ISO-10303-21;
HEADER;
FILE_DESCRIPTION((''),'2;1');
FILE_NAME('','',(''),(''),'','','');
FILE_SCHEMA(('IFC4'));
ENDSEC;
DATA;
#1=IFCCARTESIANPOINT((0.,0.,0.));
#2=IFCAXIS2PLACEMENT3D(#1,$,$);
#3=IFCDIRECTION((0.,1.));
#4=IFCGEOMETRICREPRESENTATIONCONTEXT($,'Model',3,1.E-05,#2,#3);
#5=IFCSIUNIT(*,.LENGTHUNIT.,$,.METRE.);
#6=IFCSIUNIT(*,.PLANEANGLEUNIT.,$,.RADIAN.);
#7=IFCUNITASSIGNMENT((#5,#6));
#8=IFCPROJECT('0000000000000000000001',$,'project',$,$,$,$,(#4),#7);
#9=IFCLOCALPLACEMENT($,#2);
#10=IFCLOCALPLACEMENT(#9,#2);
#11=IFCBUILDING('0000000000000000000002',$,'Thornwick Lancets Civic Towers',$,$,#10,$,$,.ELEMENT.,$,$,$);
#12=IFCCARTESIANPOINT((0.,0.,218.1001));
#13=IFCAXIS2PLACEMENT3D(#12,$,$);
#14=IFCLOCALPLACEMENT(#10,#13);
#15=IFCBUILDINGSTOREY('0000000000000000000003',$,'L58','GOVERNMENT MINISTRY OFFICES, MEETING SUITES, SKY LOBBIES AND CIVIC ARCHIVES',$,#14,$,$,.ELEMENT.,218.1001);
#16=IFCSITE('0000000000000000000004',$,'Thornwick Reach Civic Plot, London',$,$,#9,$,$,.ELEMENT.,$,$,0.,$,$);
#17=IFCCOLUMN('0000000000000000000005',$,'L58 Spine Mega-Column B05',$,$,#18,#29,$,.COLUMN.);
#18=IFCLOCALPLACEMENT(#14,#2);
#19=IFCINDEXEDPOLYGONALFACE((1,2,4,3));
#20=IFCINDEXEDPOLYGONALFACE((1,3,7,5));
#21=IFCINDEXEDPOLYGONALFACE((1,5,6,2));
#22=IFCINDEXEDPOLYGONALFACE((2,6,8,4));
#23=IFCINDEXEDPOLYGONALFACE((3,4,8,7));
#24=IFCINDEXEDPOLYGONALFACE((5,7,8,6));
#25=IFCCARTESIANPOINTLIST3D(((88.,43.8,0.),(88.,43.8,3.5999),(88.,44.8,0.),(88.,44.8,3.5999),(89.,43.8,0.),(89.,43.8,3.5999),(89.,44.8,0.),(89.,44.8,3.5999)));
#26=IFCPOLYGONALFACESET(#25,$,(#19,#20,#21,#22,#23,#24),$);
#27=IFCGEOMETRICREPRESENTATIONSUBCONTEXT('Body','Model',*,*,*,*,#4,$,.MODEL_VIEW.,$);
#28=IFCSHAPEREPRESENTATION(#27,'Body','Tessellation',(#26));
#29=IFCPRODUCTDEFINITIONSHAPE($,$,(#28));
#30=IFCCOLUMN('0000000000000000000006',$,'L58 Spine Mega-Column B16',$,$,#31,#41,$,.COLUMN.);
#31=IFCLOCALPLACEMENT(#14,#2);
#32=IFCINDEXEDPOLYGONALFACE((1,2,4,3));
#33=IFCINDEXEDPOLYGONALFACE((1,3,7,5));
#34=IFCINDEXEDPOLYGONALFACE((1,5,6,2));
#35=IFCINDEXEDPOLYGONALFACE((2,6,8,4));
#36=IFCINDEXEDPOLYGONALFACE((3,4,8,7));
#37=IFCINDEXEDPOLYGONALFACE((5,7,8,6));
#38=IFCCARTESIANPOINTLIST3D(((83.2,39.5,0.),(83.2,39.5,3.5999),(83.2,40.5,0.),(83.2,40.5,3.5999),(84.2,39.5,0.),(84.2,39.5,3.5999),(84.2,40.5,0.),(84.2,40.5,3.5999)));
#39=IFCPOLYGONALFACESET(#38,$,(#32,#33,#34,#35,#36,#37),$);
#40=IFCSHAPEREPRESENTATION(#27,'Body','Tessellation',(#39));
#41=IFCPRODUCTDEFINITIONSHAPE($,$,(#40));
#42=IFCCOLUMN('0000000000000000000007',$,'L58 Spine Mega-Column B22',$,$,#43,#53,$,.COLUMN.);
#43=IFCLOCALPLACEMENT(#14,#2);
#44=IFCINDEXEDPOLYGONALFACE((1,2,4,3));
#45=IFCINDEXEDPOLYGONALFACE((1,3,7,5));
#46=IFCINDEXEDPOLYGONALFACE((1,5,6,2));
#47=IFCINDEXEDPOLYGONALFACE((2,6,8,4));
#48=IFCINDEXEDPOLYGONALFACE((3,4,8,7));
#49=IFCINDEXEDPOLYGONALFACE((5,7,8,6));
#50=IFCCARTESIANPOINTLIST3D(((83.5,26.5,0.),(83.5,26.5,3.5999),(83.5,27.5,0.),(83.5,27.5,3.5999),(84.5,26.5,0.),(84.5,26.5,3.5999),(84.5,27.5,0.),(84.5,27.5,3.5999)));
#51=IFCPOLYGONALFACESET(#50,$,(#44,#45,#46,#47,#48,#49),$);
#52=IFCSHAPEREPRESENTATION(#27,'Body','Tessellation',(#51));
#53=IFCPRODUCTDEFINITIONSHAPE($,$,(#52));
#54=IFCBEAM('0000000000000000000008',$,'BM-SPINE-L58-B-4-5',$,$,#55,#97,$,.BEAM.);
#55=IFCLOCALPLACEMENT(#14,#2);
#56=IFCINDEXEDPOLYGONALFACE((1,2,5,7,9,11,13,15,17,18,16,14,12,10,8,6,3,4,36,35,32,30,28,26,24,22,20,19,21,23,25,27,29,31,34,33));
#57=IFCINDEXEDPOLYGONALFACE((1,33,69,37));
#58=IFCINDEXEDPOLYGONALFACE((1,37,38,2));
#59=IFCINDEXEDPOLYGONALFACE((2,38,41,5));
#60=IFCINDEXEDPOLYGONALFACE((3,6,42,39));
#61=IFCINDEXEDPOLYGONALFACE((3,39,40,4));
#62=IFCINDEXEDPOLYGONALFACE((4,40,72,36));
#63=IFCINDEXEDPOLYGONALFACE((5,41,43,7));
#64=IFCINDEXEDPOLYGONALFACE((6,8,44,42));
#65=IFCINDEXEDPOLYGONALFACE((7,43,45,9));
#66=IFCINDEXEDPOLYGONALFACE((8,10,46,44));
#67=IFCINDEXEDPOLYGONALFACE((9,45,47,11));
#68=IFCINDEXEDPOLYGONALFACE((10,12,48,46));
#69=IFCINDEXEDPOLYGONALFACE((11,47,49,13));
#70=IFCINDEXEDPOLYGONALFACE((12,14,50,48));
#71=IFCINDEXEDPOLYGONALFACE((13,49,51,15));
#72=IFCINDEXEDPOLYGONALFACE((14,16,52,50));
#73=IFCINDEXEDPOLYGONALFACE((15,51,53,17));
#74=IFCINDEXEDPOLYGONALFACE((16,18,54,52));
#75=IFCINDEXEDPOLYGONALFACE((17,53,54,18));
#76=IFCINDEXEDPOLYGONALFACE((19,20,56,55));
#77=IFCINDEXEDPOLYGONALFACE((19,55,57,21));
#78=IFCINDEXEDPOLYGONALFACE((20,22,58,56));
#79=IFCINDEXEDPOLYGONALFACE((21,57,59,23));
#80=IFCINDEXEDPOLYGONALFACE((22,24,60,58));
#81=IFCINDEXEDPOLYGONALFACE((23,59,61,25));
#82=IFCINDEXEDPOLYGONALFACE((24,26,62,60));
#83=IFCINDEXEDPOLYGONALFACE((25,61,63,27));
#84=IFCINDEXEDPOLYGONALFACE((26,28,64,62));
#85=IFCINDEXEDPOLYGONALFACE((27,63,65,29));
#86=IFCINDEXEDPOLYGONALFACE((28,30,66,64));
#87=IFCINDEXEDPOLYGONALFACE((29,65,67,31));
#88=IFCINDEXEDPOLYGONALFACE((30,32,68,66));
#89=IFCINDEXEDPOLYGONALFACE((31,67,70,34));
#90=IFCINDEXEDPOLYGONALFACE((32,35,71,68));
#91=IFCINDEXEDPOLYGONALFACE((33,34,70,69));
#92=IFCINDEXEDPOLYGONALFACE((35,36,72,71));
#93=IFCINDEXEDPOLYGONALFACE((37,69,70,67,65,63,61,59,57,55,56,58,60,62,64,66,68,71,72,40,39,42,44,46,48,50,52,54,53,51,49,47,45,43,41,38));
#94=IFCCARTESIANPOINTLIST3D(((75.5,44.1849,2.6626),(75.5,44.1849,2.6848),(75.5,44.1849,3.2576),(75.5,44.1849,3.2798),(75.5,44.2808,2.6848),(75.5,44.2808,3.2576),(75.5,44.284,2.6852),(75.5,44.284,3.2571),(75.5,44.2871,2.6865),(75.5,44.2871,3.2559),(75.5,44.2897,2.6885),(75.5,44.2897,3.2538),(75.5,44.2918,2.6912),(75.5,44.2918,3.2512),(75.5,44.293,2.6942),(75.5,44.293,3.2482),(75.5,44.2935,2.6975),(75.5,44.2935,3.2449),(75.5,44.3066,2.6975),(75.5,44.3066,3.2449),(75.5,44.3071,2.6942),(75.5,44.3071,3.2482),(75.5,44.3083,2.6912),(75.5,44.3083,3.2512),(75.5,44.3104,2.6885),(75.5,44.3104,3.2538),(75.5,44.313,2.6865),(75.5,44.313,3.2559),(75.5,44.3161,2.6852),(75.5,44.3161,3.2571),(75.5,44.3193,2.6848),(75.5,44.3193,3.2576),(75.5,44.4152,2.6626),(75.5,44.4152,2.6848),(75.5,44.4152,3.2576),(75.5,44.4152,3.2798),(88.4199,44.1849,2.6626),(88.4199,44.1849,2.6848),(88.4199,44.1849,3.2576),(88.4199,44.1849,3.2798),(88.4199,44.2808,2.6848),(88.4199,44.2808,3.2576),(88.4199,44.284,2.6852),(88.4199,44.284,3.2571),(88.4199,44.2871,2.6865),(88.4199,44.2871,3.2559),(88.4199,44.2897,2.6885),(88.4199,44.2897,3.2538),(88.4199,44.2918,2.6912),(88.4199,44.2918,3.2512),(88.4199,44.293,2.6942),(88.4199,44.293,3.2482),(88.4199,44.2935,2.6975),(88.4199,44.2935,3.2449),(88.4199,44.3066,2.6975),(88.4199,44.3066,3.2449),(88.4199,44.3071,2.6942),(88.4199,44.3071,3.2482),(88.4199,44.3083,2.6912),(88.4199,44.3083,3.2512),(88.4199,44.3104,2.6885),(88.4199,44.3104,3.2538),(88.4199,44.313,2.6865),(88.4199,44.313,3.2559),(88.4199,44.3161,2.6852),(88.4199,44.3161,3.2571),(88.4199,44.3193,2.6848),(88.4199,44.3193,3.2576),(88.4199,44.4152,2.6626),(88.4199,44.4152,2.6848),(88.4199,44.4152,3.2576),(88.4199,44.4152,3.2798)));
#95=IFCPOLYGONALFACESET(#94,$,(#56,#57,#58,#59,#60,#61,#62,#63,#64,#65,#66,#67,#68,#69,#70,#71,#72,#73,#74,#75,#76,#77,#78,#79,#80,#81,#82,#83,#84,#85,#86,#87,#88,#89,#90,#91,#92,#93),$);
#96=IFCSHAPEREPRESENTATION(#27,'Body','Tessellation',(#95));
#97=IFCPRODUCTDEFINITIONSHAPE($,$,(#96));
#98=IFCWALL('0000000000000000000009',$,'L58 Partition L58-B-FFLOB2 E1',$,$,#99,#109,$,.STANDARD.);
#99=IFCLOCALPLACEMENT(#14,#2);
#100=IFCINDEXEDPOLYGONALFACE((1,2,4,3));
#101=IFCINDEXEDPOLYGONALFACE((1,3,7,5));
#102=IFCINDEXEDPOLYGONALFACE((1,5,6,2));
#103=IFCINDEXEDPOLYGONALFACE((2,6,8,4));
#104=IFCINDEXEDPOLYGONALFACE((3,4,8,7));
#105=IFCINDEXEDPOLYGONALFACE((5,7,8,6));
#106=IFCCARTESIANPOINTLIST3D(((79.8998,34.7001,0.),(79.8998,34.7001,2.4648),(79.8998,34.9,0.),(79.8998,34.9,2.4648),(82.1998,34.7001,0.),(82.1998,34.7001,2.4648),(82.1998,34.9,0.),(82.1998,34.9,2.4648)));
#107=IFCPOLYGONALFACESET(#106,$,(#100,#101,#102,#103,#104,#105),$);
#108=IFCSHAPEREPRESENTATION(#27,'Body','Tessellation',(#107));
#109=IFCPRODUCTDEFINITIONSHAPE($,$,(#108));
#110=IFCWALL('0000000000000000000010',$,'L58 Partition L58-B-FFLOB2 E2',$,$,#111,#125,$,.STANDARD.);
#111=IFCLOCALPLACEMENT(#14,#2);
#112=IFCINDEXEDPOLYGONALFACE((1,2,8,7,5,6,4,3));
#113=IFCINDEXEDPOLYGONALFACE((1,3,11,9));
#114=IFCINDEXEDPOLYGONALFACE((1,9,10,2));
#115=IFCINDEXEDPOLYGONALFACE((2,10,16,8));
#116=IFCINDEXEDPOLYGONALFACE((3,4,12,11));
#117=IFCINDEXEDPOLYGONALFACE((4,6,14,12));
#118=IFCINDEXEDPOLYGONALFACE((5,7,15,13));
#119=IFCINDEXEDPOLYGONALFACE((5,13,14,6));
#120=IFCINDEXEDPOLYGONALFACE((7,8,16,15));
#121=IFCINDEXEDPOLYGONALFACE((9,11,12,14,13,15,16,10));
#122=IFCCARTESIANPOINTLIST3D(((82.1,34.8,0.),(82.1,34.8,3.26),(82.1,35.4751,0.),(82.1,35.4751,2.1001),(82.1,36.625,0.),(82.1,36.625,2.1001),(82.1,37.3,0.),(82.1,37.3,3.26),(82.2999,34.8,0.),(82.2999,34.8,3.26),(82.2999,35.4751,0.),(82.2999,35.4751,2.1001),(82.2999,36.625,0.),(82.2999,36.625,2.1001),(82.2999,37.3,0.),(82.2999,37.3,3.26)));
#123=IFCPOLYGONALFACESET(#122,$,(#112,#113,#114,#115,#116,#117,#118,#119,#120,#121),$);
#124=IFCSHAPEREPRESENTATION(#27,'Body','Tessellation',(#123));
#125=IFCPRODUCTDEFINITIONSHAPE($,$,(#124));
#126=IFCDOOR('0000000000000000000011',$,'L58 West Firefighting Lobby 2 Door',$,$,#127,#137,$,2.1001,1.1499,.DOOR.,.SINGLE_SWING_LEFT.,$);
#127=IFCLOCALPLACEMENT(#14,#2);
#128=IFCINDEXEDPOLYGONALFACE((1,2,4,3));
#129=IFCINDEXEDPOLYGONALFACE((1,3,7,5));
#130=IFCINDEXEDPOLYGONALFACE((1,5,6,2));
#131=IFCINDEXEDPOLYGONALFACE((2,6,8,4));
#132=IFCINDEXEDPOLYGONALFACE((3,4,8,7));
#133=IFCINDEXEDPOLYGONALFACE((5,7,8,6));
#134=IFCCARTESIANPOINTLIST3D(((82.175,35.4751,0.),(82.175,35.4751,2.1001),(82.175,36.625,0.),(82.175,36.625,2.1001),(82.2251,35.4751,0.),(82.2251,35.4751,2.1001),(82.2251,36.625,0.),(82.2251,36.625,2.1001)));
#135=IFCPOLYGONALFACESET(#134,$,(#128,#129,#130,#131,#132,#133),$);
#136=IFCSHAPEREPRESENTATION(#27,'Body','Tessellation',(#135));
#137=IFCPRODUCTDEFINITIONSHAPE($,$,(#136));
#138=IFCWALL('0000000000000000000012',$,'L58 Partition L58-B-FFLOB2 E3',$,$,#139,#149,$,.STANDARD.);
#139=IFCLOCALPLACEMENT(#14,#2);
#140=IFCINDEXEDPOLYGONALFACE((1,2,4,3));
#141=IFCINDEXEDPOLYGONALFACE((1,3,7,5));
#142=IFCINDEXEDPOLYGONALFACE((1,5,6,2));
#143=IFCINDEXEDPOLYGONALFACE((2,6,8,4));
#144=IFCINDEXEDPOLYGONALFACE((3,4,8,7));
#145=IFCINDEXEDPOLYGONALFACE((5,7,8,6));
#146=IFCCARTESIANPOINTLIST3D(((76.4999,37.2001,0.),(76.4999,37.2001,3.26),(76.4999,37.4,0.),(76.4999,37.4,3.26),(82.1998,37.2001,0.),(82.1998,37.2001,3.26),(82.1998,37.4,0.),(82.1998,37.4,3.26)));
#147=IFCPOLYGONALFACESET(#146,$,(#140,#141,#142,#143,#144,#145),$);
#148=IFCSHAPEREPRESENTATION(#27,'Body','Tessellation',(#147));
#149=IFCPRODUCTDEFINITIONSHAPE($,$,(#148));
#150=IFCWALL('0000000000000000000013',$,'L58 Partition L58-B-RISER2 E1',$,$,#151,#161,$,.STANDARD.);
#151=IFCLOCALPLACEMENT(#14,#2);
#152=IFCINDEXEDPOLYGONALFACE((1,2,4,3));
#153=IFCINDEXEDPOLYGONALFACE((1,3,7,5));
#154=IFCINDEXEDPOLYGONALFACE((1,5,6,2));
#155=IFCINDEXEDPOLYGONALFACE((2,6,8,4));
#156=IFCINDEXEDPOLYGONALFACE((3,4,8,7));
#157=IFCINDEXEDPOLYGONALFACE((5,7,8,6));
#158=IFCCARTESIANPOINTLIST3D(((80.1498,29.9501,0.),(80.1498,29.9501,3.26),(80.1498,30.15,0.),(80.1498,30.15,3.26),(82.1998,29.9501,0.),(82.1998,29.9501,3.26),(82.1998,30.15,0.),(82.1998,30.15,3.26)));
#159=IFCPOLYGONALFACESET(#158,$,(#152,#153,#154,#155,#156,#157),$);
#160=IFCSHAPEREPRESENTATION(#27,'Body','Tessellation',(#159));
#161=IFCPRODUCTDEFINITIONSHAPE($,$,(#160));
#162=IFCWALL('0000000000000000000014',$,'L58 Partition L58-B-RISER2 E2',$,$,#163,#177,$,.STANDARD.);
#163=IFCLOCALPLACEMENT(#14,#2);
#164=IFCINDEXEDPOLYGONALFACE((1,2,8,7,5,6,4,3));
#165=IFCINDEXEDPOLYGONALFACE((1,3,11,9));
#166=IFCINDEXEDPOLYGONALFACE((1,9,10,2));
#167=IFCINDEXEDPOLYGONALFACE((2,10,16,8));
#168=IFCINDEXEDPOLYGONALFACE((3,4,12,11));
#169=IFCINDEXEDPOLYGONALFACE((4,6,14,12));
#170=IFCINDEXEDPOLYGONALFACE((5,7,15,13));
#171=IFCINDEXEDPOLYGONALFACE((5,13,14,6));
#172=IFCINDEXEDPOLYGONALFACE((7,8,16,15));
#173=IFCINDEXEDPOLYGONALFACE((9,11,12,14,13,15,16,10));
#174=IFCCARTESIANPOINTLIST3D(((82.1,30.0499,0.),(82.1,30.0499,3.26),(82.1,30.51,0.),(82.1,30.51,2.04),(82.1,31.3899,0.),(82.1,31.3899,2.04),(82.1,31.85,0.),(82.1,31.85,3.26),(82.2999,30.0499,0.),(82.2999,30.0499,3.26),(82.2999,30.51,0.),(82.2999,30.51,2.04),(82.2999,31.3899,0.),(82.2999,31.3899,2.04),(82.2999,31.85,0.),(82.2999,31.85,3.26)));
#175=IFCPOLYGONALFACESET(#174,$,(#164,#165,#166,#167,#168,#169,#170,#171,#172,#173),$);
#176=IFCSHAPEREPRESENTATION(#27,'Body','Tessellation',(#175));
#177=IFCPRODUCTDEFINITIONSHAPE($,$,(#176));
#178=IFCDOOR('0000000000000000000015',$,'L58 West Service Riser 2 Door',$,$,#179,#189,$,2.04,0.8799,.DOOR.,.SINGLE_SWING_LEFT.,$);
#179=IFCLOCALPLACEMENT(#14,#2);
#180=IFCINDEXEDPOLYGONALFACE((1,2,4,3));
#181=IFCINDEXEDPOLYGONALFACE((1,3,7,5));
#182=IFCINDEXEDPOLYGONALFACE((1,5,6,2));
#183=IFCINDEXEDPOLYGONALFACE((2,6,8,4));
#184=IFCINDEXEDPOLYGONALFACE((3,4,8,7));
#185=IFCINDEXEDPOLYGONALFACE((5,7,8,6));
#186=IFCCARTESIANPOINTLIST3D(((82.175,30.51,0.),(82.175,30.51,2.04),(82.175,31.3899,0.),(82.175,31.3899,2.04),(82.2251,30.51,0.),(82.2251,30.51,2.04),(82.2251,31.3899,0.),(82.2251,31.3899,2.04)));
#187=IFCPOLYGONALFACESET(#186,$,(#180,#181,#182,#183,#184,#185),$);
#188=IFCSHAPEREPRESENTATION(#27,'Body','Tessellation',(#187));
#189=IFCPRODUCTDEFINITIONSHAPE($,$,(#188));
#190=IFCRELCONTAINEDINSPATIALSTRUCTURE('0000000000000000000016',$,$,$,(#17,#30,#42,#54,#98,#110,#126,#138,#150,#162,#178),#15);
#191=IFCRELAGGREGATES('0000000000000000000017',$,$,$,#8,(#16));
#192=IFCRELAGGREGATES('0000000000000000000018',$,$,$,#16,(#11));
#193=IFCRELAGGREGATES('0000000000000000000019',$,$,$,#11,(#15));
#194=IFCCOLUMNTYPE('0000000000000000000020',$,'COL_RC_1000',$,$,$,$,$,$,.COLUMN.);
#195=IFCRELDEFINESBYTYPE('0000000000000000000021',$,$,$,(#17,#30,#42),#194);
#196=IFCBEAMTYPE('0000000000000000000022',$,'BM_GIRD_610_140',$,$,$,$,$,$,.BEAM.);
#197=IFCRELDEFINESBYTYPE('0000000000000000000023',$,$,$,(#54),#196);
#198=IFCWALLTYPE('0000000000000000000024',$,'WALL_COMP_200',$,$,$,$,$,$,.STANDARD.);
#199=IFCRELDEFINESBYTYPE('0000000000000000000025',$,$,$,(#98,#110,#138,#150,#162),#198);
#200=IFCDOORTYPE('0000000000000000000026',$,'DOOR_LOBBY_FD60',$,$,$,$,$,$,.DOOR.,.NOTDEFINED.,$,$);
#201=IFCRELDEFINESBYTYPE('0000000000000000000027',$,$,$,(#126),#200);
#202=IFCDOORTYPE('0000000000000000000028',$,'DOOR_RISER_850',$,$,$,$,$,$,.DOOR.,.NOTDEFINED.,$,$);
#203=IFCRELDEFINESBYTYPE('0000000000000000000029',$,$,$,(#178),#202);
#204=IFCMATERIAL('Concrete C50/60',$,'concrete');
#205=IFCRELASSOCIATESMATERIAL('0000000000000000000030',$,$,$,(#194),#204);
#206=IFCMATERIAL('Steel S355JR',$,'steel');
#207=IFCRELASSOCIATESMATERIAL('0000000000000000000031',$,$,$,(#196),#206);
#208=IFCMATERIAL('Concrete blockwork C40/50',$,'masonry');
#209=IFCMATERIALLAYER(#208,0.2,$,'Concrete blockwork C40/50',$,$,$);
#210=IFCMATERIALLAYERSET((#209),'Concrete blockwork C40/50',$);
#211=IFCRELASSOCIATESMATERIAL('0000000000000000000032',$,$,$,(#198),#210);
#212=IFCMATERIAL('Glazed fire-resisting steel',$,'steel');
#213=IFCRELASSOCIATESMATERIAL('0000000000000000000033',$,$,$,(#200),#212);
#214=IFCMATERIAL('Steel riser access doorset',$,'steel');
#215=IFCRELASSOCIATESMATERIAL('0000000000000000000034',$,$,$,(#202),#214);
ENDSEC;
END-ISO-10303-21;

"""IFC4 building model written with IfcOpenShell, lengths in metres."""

from ifc_helpers import new_model, si_unit, direction, frame, frame_2d, origin, origin_2d, place, context, subcontext, project, spatial, rectangle, i_section, extrude, material, layer, layer_set, material_profile, profile_set, type_object, element, fill, save


model = new_model("IFC4")

# Units and contexts
model_context = context("Model", 3, precision=1e-05, world=origin(), true_north=direction((0.0, 1.0)))
body_context = subcontext(model_context, "Body", "Model", "MODEL_VIEW")
ifc_project = project(units=[si_unit("LENGTHUNIT", "METRE"), si_unit("PLANEANGLEUNIT", "RADIAN")], contexts=[model_context])

# Site, building, storey
site_placement = place(None, origin())
site = spatial("IfcSite", under=ifc_project, at=site_placement, Name="Thornwick Reach Civic Plot, London", CompositionType="ELEMENT", RefElevation=0.0)
building_placement = place(site_placement, origin())
building = spatial("IfcBuilding", under=site, at=building_placement, Name="Thornwick Lancets Civic Towers", CompositionType="ELEMENT")
storey_placement = place(building_placement, frame((0.0, 0.0, 218.1001)))
storey = spatial("IfcBuildingStorey", under=building, at=storey_placement, Name="L58", Description="GOVERNMENT MINISTRY OFFICES, MEETING SUITES, SKY LOBBIES AND CIVIC ARCHIVES", CompositionType="ELEMENT", Elevation=218.1001)

# Columns
ifc_material_1 = material(Name="Concrete C50/60", Category="concrete")
ifc_material_profile_1 = material_profile(ifc_material_1, rectangle(XDim=1.0, YDim=1.0, at=origin_2d()), Name="RC 1000x1000")
ifc_profile_set_1 = profile_set([ifc_material_profile_1], Name="Concrete C50/60")
column_type = type_object("IfcColumnType", Name="COL_RC_1000", PredefinedType="COLUMN", material=ifc_profile_set_1)
for number, where, z_axis, x_axis, name in (
    (1, (88.5, 44.3, 0.0), (0.0, 0.0, 1.0), (1.0, 0.0, 0.0), "L58 Spine Mega-Column B05"),
    (2, (83.7, 40.0, 0.0), (0.0, 0.0, 1.0), (1.0, 0.0, 0.0), "L58 Spine Mega-Column B16"),
    (3, (84.0, 27.0, 0.0), (0.0, 0.0, 1.0), (1.0, 0.0, 0.0), "L58 Spine Mega-Column B22"),
):
    element("IfcColumn", number, at=place(storey_placement, frame(where, z_axis=z_axis, x_axis=x_axis)), inside=storey, type_object=column_type, Name=name, PredefinedType="COLUMN", context=body_context, shape_type="SweptSolid", body=[
        extrude(rectangle(XDim=1.0, YDim=1.0, at=origin_2d()), origin(), (0.0, 0.0, 1.0), 3.5999),
    ])

# Beam
ifc_material_2 = material(Name="Steel S355JR", Category="steel")
ifc_material_profile_2 = material_profile(ifc_material_2, i_section(OverallWidth=0.2302, OverallDepth=0.6172, WebThickness=0.0132, FlangeThickness=0.0222, FilletRadius=0.0127, at=origin_2d()), Name="UKB 610x229x140")
ifc_profile_set_2 = profile_set([ifc_material_profile_2], Name="Steel S355JR")
beam_type = type_object("IfcBeamType", Name="BM_GIRD_610_140", PredefinedType="BEAM", material=ifc_profile_set_2)
beam_placement = place(storey_placement, frame((88.4199, 44.3, 2.9712), z_axis=(-1.0, 0.0, 0.0), x_axis=(0.0, -1.0, 0.0)))
element("IfcBeam", 4, at=beam_placement, inside=storey, type_object=beam_type, Name="BM-SPINE-L58-B-4-5", PredefinedType="BEAM", context=body_context, shape_type="SweptSolid", body=[
    extrude(i_section(OverallWidth=0.2302, OverallDepth=0.6172, WebThickness=0.0132, FlangeThickness=0.0222, FilletRadius=0.0127, at=origin_2d()), origin(), (0.0, 0.0, 1.0), 12.9199),
])

# Wall
ifc_material_3 = material(Name="Concrete blockwork C40/50", Category="masonry")
ifc_layer_1 = layer(ifc_material_3, 0.2, Name="Concrete blockwork C40/50")
ifc_layer_set_1 = layer_set([ifc_layer_1], Name="Concrete blockwork C40/50")
wall_type_1 = type_object("IfcWallType", Name="WALL_COMP_200", PredefinedType="STANDARD", material=ifc_layer_set_1)
wall_1_placement = place(storey_placement, frame((79.8999, 34.8, 0.0), z_axis=(0.0, 0.0, 1.0), x_axis=(1.0, 0.0, 0.0)))
element("IfcWall", 5, at=wall_1_placement, inside=storey, type_object=wall_type_1, Name="L58 Partition L58-B-FFLOB2 E1", PredefinedType="STANDARD", context=body_context, shape_type="SweptSolid", body=[
    extrude(rectangle(XDim=2.3, YDim=0.2, at=frame_2d((1.1499, 0.0))), origin(), (0.0, 0.0, 1.0), 2.4648),
])

# Wall, opening, door
wall_2_placement = place(storey_placement, frame((82.2, 34.8, 0.0), z_axis=(0.0, 0.0, 1.0), x_axis=(0.0, 1.0, 0.0)))
wall_2 = element("IfcWall", 6, at=wall_2_placement, inside=storey, type_object=wall_type_1, Name="L58 Partition L58-B-FFLOB2 E2", PredefinedType="STANDARD", context=body_context, shape_type="SweptSolid", body=[
    extrude(rectangle(XDim=2.5, YDim=0.2, at=frame_2d((1.25, 0.0))), origin(), (0.0, 0.0, 1.0), 3.26),
])
opening_1_placement = place(wall_2_placement, frame((0.675, 0.0, 0.0)))
opening_1 = element("IfcOpeningElement", 7, at=opening_1_placement, cuts=wall_2, PredefinedType="OPENING", context=body_context, shape_type="SweptSolid", body=[
    extrude(rectangle(XDim=1.1499, YDim=2.1001, at=frame_2d((0.575, 1.05))), frame((0.0, 0.1099, 0.0), z_axis=(0.0, -1.0, 0.0), x_axis=(1.0, 0.0, 0.0)), (0.0, 0.0, 1.0), 0.22),
])
ifc_material_4 = material(Name="Glazed fire-resisting steel", Category="steel")
door_type_1 = type_object("IfcDoorType", Name="DOOR_LOBBY_FD60", OperationType="NOTDEFINED", PredefinedType="DOOR", material=ifc_material_4)
door_1_placement = place(opening_1_placement, origin())
door_1 = element("IfcDoor", 8, at=door_1_placement, inside=storey, type_object=door_type_1, Name="L58 West Firefighting Lobby 2 Door", OperationType="SINGLE_SWING_LEFT", OverallHeight=2.1001, OverallWidth=1.1499, PredefinedType="DOOR", context=body_context, shape_type="SweptSolid", body=[
    extrude(rectangle(XDim=1.1499, YDim=2.1001, at=frame_2d((0.575, 1.05))), frame((0.0, 0.0249, 0.0), z_axis=(0.0, -1.0, 0.0), x_axis=(1.0, 0.0, 0.0)), (0.0, 0.0, 1.0), 0.05),
])
fill(opening_1, door_1)

# Walls
wall_3_placement = place(storey_placement, frame((82.2, 37.3, 0.0), z_axis=(0.0, 0.0, 1.0), x_axis=(-1.0, 0.0, 0.0)))
element("IfcWall", 9, at=wall_3_placement, inside=storey, type_object=wall_type_1, Name="L58 Partition L58-B-FFLOB2 E3", PredefinedType="STANDARD", context=body_context, shape_type="SweptSolid", body=[
    extrude(rectangle(XDim=5.7, YDim=0.2, at=frame_2d((2.8501, 0.0))), origin(), (0.0, 0.0, 1.0), 3.26),
])
wall_4_placement = place(storey_placement, frame((80.1499, 30.05, 0.0), z_axis=(0.0, 0.0, 1.0), x_axis=(1.0, 0.0, 0.0)))
element("IfcWall", 10, at=wall_4_placement, inside=storey, type_object=wall_type_1, Name="L58 Partition L58-B-RISER2 E1", PredefinedType="STANDARD", context=body_context, shape_type="SweptSolid", body=[
    extrude(rectangle(XDim=2.05, YDim=0.2, at=frame_2d((1.0249, 0.0))), origin(), (0.0, 0.0, 1.0), 3.26),
])

# Wall, opening, door
wall_5_placement = place(storey_placement, frame((82.2, 30.05, 0.0), z_axis=(0.0, 0.0, 1.0), x_axis=(0.0, 1.0, 0.0)))
wall_5 = element("IfcWall", 11, at=wall_5_placement, inside=storey, type_object=wall_type_1, Name="L58 Partition L58-B-RISER2 E2", PredefinedType="STANDARD", context=body_context, shape_type="SweptSolid", body=[
    extrude(rectangle(XDim=1.8, YDim=0.2, at=frame_2d((0.8999, 0.0))), origin(), (0.0, 0.0, 1.0), 3.26),
])
opening_2_placement = place(wall_5_placement, frame((0.46, 0.0, 0.0)))
opening_2 = element("IfcOpeningElement", 12, at=opening_2_placement, cuts=wall_5, PredefinedType="OPENING", context=body_context, shape_type="SweptSolid", body=[
    extrude(rectangle(XDim=0.8799, YDim=2.04, at=frame_2d((0.4399, 1.02))), frame((0.0, 0.1099, 0.0), z_axis=(0.0, -1.0, 0.0), x_axis=(1.0, 0.0, 0.0)), (0.0, 0.0, 1.0), 0.22),
])
ifc_material_5 = material(Name="Steel riser access doorset", Category="steel")
door_type_2 = type_object("IfcDoorType", Name="DOOR_RISER_850", OperationType="NOTDEFINED", PredefinedType="DOOR", material=ifc_material_5)
door_2_placement = place(opening_2_placement, origin())
door_2 = element("IfcDoor", 13, at=door_2_placement, inside=storey, type_object=door_type_2, Name="L58 West Service Riser 2 Door", OperationType="SINGLE_SWING_LEFT", OverallHeight=2.04, OverallWidth=0.8799, PredefinedType="DOOR", context=body_context, shape_type="SweptSolid", body=[
    extrude(rectangle(XDim=0.8799, YDim=2.04, at=frame_2d((0.4399, 1.02))), frame((0.0, 0.0249, 0.0), z_axis=(0.0, -1.0, 0.0), x_axis=(1.0, 0.0, 0.0)), (0.0, 0.0, 1.0), 0.05),
])
fill(opening_2, door_2)

save(model, "model.ifc")
